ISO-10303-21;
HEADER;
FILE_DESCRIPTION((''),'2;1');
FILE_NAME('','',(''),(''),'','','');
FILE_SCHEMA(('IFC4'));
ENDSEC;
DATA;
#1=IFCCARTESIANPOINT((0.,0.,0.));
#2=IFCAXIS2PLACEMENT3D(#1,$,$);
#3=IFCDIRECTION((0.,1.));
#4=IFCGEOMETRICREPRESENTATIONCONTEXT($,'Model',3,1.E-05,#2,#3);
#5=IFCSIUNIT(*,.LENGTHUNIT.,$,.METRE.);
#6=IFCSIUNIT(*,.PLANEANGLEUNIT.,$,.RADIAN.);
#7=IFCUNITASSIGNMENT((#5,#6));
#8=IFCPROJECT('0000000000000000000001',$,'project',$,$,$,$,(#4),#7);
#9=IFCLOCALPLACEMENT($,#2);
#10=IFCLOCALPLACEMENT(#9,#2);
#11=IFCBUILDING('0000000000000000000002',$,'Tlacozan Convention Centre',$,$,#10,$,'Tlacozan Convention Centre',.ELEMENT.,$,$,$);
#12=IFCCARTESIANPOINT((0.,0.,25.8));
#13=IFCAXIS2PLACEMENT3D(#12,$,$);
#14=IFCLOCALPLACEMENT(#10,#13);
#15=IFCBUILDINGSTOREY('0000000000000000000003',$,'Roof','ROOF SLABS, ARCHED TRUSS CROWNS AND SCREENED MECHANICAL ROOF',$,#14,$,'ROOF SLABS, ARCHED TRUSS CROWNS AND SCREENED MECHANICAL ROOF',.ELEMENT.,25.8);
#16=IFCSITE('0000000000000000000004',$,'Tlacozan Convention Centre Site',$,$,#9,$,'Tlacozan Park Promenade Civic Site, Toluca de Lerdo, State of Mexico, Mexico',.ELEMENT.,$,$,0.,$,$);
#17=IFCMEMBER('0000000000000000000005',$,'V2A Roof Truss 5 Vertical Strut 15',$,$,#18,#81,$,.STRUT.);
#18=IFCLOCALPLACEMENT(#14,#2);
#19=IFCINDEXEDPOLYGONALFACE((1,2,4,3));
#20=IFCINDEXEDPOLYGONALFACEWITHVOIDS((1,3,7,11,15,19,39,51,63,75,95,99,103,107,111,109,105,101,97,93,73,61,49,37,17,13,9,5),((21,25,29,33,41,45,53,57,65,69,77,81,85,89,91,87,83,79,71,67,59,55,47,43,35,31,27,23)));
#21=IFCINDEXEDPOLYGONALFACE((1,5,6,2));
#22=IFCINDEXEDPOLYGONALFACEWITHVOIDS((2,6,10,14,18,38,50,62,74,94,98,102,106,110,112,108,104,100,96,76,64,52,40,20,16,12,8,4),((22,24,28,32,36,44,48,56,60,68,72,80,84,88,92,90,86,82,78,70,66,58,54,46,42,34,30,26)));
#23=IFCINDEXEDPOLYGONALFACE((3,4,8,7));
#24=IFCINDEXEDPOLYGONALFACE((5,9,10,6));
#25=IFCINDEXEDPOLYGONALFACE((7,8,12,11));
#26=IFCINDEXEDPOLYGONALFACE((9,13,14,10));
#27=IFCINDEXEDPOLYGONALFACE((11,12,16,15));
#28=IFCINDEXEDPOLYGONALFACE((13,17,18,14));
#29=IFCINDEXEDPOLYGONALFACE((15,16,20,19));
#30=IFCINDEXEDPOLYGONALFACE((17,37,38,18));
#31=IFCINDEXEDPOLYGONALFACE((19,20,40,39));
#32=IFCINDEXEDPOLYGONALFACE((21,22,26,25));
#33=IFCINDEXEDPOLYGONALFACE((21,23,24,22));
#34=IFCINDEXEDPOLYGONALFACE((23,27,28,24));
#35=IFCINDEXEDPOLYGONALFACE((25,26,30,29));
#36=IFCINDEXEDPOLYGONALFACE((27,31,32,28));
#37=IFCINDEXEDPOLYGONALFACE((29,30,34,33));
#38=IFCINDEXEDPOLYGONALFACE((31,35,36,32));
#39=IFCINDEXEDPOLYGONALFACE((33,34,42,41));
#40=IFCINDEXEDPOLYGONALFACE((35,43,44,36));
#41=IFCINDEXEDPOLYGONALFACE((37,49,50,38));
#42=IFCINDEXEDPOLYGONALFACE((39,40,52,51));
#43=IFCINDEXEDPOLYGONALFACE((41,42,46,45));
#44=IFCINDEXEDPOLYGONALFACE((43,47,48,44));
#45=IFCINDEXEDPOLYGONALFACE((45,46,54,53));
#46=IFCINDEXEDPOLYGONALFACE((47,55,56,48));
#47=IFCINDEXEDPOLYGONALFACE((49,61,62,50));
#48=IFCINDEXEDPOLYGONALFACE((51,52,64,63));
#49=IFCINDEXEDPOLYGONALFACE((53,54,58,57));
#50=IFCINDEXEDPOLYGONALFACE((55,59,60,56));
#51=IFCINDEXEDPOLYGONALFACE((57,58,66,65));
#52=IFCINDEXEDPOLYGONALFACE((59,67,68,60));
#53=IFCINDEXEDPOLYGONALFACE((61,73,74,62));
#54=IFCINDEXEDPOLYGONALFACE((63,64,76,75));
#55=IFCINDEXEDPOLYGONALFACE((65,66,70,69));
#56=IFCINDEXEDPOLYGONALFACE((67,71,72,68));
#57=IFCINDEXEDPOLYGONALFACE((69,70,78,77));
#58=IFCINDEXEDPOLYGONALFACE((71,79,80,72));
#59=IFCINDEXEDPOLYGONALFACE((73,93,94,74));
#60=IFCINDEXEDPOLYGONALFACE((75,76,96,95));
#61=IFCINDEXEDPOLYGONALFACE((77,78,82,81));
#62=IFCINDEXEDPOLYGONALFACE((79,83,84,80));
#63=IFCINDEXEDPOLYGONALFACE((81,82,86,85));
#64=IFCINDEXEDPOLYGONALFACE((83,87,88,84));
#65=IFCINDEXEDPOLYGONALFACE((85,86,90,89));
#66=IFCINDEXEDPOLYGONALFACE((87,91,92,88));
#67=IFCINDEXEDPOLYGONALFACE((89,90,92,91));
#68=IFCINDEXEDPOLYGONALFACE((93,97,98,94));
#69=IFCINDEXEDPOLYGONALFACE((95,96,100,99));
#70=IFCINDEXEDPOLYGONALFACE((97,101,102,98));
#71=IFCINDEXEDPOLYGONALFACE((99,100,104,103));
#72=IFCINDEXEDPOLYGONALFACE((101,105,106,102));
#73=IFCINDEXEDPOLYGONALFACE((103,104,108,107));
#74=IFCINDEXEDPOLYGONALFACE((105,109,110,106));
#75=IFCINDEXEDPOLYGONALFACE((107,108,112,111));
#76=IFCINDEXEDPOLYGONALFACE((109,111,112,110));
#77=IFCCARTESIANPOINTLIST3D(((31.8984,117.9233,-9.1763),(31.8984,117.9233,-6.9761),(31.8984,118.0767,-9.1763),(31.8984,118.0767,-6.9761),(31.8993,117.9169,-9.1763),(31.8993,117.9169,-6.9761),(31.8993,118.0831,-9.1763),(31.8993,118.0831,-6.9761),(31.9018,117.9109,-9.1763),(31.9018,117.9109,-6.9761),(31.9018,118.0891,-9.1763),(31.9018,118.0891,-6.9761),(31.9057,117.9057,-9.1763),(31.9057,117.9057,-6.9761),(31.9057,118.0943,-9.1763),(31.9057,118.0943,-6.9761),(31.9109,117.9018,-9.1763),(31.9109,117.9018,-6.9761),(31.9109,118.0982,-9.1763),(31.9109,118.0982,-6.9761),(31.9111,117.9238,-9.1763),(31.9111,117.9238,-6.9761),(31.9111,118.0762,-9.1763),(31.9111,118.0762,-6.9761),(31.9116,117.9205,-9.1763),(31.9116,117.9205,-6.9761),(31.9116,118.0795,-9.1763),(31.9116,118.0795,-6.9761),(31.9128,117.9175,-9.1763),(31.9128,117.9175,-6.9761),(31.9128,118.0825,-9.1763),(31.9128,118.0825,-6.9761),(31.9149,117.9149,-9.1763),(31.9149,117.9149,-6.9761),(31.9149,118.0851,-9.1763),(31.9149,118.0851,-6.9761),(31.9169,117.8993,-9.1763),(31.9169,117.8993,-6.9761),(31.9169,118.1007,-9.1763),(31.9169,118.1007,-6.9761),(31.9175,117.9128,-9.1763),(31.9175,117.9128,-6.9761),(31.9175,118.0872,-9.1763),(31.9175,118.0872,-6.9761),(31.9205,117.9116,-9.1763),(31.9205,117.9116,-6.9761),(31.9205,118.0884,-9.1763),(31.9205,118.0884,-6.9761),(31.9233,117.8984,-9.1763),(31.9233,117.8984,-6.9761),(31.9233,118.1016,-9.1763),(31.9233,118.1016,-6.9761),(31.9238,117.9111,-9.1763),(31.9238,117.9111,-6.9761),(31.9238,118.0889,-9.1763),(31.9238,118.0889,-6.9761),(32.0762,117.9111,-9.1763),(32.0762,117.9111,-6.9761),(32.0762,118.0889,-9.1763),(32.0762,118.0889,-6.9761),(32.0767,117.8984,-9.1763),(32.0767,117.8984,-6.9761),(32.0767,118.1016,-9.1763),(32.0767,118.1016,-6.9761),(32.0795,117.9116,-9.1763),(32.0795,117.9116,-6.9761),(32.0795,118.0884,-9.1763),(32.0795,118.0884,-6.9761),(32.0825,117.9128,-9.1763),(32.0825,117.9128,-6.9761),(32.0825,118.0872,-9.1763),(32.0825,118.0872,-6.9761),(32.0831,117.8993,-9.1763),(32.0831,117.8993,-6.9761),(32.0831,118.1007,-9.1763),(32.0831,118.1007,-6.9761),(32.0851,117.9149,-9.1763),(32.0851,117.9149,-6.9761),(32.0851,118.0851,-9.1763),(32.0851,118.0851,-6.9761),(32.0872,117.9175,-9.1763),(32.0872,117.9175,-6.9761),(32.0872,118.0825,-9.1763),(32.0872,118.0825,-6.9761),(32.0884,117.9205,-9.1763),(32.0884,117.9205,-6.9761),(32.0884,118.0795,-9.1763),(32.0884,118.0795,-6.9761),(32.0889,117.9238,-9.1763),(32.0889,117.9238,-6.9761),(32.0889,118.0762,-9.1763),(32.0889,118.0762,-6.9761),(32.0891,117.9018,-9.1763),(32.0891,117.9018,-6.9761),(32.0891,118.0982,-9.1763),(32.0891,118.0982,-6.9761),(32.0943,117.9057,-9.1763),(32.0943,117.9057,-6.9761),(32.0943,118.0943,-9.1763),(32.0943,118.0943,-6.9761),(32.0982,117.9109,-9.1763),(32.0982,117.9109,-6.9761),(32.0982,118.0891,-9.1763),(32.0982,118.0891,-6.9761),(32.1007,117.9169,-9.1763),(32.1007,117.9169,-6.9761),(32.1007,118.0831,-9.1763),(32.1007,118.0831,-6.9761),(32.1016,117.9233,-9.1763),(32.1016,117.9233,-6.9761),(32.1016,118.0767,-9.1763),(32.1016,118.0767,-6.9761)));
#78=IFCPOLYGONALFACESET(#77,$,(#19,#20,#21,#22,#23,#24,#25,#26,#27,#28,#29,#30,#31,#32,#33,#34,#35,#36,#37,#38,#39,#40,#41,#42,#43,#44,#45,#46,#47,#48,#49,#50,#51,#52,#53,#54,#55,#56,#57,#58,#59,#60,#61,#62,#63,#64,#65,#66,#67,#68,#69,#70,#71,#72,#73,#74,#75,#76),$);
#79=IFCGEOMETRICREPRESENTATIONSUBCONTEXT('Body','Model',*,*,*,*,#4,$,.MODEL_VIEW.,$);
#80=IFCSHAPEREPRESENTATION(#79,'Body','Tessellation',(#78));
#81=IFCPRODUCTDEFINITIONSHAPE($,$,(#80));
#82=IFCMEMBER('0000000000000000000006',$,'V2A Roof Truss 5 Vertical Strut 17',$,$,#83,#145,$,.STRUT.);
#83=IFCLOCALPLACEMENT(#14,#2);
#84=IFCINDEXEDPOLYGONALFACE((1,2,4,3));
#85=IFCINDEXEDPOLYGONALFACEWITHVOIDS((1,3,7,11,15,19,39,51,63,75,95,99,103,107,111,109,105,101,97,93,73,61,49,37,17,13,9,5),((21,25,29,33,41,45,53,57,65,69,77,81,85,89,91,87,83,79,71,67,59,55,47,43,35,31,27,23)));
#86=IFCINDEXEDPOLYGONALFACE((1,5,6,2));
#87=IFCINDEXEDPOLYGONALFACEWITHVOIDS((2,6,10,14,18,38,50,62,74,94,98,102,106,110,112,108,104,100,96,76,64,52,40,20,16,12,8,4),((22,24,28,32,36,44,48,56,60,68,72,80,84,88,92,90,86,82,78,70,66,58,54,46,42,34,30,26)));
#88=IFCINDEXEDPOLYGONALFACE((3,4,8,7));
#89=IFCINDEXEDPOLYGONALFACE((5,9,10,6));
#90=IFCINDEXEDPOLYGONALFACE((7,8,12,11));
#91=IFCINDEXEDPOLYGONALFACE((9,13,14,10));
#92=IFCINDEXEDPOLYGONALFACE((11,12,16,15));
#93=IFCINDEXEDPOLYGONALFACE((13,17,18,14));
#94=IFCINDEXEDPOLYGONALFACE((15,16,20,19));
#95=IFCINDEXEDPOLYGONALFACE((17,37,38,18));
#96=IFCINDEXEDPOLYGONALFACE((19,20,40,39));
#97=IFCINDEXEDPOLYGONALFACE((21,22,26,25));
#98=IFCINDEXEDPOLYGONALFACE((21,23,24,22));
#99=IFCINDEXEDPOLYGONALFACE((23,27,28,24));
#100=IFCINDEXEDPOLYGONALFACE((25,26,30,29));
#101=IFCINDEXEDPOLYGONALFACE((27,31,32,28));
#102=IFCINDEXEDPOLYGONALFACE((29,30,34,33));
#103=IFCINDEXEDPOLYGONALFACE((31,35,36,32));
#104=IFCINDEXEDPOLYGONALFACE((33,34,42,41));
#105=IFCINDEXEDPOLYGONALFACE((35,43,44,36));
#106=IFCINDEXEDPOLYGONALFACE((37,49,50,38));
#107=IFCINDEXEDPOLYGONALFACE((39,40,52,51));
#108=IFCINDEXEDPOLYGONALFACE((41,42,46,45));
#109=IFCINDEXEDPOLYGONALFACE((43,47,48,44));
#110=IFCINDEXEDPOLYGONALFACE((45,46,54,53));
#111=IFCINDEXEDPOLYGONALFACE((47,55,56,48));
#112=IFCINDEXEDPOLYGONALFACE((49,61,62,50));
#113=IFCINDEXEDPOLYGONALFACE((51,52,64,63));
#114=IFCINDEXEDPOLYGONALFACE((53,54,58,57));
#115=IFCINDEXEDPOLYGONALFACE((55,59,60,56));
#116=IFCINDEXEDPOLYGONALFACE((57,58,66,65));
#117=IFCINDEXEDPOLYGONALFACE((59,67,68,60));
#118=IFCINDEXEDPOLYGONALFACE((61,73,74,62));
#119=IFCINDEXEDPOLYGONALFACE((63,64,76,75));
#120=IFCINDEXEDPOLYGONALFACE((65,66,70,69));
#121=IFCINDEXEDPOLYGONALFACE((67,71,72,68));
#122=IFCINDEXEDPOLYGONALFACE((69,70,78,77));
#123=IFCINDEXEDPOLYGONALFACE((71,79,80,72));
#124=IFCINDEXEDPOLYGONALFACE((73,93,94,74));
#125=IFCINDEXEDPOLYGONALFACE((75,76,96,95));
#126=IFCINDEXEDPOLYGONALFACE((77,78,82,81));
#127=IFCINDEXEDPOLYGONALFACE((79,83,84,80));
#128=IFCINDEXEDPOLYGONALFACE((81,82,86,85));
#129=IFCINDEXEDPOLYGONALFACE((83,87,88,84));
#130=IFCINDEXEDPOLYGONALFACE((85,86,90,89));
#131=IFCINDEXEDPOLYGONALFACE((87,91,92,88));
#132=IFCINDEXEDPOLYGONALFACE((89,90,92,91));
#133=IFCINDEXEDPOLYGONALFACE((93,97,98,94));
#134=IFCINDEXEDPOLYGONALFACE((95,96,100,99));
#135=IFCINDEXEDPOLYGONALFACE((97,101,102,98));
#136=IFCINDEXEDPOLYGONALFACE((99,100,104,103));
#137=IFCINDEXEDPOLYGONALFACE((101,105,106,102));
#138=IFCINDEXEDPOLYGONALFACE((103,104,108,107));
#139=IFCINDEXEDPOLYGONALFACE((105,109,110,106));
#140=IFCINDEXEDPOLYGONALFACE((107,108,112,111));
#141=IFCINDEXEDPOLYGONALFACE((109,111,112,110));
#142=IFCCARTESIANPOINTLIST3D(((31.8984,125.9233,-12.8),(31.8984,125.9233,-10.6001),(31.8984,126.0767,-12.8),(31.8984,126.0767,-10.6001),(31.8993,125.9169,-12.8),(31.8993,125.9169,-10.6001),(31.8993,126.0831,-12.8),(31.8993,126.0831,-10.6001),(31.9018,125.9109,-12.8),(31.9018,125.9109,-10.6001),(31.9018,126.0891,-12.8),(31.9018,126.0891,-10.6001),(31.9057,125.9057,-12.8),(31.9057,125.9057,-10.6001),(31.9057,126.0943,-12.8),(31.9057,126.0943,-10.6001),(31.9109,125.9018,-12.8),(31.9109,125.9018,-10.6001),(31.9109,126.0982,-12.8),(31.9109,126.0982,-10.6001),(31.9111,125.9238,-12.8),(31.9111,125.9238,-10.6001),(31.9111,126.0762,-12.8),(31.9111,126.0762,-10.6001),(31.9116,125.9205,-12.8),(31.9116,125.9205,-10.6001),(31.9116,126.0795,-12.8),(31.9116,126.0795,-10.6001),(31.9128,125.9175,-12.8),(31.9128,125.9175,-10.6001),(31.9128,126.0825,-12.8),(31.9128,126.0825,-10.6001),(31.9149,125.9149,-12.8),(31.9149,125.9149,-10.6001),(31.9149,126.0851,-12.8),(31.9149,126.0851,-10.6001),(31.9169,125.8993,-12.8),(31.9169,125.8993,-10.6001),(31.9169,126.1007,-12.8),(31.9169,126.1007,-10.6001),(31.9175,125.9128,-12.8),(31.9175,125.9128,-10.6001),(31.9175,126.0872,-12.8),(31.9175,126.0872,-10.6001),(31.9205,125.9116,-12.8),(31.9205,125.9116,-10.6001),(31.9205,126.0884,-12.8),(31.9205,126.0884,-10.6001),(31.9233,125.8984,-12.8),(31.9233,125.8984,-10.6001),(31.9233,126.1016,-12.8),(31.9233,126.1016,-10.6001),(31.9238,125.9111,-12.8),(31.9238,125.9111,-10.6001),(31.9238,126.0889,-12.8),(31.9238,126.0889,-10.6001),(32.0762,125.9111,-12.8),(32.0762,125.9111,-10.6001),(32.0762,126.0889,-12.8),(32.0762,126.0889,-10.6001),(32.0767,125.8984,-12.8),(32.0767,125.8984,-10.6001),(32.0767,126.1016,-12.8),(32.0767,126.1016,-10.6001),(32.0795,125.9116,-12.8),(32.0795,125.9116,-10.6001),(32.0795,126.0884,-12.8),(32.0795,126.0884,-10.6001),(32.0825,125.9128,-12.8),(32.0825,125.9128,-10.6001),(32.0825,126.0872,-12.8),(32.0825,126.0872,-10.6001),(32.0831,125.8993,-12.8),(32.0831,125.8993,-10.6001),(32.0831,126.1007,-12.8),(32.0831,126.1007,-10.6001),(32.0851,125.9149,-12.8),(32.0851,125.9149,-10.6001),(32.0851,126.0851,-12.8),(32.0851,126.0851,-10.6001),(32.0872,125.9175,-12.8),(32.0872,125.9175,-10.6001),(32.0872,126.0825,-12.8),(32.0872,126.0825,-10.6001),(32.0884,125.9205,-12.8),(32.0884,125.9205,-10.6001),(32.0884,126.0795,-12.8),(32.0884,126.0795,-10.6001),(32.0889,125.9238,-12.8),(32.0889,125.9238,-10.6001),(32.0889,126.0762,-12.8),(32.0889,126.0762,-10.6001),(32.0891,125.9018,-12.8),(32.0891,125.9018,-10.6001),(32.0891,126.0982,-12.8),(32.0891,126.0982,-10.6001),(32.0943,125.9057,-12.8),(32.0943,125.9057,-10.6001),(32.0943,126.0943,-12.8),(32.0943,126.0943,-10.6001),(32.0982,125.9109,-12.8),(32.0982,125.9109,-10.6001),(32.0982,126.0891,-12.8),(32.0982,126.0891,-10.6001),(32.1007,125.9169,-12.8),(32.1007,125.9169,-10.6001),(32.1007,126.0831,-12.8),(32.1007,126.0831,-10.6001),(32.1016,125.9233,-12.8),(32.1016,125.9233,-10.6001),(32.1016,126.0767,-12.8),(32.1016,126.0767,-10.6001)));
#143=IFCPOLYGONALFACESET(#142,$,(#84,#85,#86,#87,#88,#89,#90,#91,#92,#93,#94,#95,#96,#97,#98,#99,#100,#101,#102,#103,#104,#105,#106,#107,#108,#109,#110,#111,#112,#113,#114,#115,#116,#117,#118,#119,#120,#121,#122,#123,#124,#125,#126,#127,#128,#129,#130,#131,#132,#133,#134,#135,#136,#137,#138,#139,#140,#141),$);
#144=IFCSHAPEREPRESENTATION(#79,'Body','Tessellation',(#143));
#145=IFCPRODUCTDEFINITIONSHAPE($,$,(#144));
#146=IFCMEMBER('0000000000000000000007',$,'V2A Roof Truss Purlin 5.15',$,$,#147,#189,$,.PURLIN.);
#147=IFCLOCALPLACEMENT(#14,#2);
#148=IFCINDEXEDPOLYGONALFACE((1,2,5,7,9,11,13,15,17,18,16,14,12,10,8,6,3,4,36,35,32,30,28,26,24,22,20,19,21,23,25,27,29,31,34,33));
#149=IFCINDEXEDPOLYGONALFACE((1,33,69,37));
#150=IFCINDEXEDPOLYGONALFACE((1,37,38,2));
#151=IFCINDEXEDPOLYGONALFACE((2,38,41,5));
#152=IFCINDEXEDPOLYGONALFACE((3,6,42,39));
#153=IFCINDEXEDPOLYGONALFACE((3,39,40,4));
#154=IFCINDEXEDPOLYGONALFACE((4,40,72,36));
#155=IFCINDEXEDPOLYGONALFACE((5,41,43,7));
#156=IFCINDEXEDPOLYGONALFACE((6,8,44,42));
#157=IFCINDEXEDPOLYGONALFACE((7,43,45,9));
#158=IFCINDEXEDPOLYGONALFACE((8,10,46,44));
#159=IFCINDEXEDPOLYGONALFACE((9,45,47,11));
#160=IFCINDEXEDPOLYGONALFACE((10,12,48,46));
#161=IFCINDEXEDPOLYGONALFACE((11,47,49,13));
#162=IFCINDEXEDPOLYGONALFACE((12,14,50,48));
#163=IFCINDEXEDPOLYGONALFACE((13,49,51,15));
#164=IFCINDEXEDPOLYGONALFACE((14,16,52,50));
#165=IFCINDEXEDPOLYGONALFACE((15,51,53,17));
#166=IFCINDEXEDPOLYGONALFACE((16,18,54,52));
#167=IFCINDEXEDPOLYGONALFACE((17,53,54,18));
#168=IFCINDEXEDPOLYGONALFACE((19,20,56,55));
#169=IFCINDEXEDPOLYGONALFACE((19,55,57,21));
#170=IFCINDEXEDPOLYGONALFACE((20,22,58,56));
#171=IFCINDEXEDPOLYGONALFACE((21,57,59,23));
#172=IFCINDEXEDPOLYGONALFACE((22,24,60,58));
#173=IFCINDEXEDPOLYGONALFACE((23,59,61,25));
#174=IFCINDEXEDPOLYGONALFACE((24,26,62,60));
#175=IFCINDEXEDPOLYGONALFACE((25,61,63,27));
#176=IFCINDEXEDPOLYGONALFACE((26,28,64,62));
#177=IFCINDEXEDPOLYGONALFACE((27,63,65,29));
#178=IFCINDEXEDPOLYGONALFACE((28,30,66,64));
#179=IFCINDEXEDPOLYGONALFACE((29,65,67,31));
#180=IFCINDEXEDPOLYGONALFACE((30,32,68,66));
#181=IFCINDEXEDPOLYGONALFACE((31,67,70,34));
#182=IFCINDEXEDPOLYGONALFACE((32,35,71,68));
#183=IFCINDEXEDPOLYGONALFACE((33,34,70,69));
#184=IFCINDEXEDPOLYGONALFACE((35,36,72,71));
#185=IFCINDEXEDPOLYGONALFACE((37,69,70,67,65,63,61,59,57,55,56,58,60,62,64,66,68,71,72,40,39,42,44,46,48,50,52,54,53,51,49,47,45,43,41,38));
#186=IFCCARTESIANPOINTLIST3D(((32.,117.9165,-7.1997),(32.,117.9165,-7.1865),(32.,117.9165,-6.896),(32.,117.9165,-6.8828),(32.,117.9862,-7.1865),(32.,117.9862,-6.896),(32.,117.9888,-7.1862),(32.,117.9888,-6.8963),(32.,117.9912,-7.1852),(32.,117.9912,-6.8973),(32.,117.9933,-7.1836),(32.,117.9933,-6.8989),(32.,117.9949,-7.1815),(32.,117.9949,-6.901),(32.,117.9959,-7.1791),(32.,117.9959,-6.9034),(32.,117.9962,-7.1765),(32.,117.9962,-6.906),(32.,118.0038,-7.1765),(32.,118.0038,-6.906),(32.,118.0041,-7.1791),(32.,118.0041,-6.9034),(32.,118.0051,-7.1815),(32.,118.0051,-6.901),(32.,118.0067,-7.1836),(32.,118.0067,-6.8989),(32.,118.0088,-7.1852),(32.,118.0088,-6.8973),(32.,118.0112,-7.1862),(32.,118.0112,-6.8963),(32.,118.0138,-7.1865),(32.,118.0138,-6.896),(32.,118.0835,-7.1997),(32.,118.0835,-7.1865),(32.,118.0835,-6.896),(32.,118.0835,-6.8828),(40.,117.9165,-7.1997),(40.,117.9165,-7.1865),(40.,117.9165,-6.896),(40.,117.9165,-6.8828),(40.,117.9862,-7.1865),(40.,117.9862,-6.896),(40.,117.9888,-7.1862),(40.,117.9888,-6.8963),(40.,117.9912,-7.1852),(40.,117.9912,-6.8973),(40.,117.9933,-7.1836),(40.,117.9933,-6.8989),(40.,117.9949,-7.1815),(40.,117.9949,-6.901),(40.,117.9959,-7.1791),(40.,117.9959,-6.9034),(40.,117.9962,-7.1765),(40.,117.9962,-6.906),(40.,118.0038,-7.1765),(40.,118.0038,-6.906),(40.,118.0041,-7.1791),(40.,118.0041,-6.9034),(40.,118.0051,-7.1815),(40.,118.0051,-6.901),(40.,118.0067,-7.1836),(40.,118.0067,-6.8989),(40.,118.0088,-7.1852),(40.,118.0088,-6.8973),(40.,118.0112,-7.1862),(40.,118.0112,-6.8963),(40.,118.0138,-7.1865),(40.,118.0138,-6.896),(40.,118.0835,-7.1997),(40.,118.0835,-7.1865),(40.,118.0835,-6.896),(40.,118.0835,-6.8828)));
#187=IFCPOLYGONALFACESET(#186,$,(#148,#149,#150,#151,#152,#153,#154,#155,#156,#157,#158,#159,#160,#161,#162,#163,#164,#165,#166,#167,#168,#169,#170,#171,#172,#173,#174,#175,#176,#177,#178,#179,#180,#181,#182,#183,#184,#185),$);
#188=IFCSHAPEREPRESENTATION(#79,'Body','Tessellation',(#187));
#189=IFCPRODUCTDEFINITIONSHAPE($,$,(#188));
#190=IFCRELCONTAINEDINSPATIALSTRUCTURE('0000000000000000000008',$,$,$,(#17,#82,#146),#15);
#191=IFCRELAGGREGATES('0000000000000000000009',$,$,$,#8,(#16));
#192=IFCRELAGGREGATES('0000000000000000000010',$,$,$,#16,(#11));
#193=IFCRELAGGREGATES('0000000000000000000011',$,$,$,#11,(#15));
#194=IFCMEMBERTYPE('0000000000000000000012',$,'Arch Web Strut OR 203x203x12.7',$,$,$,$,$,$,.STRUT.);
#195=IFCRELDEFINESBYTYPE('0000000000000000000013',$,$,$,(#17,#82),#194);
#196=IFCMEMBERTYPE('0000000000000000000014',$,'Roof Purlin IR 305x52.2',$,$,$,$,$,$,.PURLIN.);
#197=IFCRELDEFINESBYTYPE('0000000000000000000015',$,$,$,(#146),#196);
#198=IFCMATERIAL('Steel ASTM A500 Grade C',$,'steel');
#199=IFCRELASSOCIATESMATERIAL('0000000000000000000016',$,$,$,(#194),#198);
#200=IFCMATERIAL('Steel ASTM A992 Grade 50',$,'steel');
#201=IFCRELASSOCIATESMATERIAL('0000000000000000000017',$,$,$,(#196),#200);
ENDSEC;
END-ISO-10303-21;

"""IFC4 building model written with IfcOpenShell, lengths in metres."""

from ifc_helpers import new_model, si_unit, direction, frame, origin, origin_2d, place, context, subcontext, project, spatial, hollow_rectangle, i_section, extrude, material, material_profile, profile_set, type_object, element, save


model = new_model("IFC4")

# Units and contexts
model_context = context("Model", 3, precision=1e-05, world=origin(), true_north=direction((0.0, 1.0)))
body_context = subcontext(model_context, "Body", "Model", "MODEL_VIEW")
ifc_project = project(units=[si_unit("LENGTHUNIT", "METRE"), si_unit("PLANEANGLEUNIT", "RADIAN")], contexts=[model_context])

# Site, building, storey
site_placement = place(None, origin())
site = spatial("IfcSite", under=ifc_project, at=site_placement, Name="Tlacozan Convention Centre Site", LongName="Tlacozan Park Promenade Civic Site, Toluca de Lerdo, State of Mexico, Mexico", CompositionType="ELEMENT", RefElevation=0.0)
building_placement = place(site_placement, origin())
building = spatial("IfcBuilding", under=site, at=building_placement, Name="Tlacozan Convention Centre", LongName="Tlacozan Convention Centre", CompositionType="ELEMENT")
storey_placement = place(building_placement, frame((0.0, 0.0, 25.8)))
storey = spatial("IfcBuildingStorey", under=building, at=storey_placement, Name="Roof", Description="ROOF SLABS, ARCHED TRUSS CROWNS AND SCREENED MECHANICAL ROOF", LongName="ROOF SLABS, ARCHED TRUSS CROWNS AND SCREENED MECHANICAL ROOF", CompositionType="ELEMENT", Elevation=25.8)

# Members
ifc_material_1 = material(Name="Steel ASTM A500 Grade C", Category="steel")
ifc_material_profile_1 = material_profile(ifc_material_1, hollow_rectangle(XDim=0.2031, YDim=0.2031, WallThickness=0.0127, InnerFilletRadius=0.0127, OuterFilletRadius=0.0249, at=origin_2d()), Name="OR 203x203x12.7")
ifc_profile_set_1 = profile_set([ifc_material_profile_1], Name="Steel ASTM A500 Grade C")
member_type_1 = type_object("IfcMemberType", Name="Arch Web Strut OR 203x203x12.7", PredefinedType="STRUT", material=ifc_profile_set_1)
member_1_placement = place(storey_placement, frame((32.0, 118.0, -9.1763), z_axis=(0.0, 0.0, 1.0), x_axis=(1.0, 0.0, 0.0)))
element("IfcMember", 1, at=member_1_placement, inside=storey, type_object=member_type_1, Name="V2A Roof Truss 5 Vertical Strut 15", PredefinedType="STRUT", context=body_context, shape_type="SweptSolid", body=[
    extrude(hollow_rectangle(XDim=0.2031, YDim=0.2031, WallThickness=0.0127, InnerFilletRadius=0.0127, OuterFilletRadius=0.0249, at=origin_2d()), origin(), (0.0, 0.0, 1.0), 2.2002),
])
member_2_placement = place(storey_placement, frame((32.0, 126.0, -12.8), z_axis=(0.0, 0.0, 1.0), x_axis=(1.0, 0.0, 0.0)))
element("IfcMember", 2, at=member_2_placement, inside=storey, type_object=member_type_1, Name="V2A Roof Truss 5 Vertical Strut 17", PredefinedType="STRUT", context=body_context, shape_type="SweptSolid", body=[
    extrude(hollow_rectangle(XDim=0.2031, YDim=0.2031, WallThickness=0.0127, InnerFilletRadius=0.0127, OuterFilletRadius=0.0249, at=origin_2d()), origin(), (0.0, 0.0, 1.0), 2.2),
])
ifc_material_2 = material(Name="Steel ASTM A992 Grade 50", Category="steel")
ifc_material_profile_2 = material_profile(ifc_material_2, i_section(OverallWidth=0.167, OverallDepth=0.3169, WebThickness=0.0076, FlangeThickness=0.0132, FilletRadius=0.01, at=origin_2d()), Name="IR 305x52.2")
ifc_profile_set_2 = profile_set([ifc_material_profile_2], Name="Steel ASTM A992 Grade 50")
member_type_2 = type_object("IfcMemberType", Name="Roof Purlin IR 305x52.2", PredefinedType="PURLIN", material=ifc_profile_set_2)
member_3_placement = place(storey_placement, frame((32.0, 118.0, -7.0413), z_axis=(1.0, 0.0, 0.0), x_axis=(0.0, 1.0, 0.0)))
element("IfcMember", 3, at=member_3_placement, inside=storey, type_object=member_type_2, Name="V2A Roof Truss Purlin 5.15", PredefinedType="PURLIN", context=body_context, shape_type="SweptSolid", body=[
    extrude(i_section(OverallWidth=0.167, OverallDepth=0.3169, WebThickness=0.0076, FlangeThickness=0.0132, FilletRadius=0.01, at=origin_2d()), origin(), (0.0, 0.0, 1.0), 8.0),
])

save(model, "model.ifc")
